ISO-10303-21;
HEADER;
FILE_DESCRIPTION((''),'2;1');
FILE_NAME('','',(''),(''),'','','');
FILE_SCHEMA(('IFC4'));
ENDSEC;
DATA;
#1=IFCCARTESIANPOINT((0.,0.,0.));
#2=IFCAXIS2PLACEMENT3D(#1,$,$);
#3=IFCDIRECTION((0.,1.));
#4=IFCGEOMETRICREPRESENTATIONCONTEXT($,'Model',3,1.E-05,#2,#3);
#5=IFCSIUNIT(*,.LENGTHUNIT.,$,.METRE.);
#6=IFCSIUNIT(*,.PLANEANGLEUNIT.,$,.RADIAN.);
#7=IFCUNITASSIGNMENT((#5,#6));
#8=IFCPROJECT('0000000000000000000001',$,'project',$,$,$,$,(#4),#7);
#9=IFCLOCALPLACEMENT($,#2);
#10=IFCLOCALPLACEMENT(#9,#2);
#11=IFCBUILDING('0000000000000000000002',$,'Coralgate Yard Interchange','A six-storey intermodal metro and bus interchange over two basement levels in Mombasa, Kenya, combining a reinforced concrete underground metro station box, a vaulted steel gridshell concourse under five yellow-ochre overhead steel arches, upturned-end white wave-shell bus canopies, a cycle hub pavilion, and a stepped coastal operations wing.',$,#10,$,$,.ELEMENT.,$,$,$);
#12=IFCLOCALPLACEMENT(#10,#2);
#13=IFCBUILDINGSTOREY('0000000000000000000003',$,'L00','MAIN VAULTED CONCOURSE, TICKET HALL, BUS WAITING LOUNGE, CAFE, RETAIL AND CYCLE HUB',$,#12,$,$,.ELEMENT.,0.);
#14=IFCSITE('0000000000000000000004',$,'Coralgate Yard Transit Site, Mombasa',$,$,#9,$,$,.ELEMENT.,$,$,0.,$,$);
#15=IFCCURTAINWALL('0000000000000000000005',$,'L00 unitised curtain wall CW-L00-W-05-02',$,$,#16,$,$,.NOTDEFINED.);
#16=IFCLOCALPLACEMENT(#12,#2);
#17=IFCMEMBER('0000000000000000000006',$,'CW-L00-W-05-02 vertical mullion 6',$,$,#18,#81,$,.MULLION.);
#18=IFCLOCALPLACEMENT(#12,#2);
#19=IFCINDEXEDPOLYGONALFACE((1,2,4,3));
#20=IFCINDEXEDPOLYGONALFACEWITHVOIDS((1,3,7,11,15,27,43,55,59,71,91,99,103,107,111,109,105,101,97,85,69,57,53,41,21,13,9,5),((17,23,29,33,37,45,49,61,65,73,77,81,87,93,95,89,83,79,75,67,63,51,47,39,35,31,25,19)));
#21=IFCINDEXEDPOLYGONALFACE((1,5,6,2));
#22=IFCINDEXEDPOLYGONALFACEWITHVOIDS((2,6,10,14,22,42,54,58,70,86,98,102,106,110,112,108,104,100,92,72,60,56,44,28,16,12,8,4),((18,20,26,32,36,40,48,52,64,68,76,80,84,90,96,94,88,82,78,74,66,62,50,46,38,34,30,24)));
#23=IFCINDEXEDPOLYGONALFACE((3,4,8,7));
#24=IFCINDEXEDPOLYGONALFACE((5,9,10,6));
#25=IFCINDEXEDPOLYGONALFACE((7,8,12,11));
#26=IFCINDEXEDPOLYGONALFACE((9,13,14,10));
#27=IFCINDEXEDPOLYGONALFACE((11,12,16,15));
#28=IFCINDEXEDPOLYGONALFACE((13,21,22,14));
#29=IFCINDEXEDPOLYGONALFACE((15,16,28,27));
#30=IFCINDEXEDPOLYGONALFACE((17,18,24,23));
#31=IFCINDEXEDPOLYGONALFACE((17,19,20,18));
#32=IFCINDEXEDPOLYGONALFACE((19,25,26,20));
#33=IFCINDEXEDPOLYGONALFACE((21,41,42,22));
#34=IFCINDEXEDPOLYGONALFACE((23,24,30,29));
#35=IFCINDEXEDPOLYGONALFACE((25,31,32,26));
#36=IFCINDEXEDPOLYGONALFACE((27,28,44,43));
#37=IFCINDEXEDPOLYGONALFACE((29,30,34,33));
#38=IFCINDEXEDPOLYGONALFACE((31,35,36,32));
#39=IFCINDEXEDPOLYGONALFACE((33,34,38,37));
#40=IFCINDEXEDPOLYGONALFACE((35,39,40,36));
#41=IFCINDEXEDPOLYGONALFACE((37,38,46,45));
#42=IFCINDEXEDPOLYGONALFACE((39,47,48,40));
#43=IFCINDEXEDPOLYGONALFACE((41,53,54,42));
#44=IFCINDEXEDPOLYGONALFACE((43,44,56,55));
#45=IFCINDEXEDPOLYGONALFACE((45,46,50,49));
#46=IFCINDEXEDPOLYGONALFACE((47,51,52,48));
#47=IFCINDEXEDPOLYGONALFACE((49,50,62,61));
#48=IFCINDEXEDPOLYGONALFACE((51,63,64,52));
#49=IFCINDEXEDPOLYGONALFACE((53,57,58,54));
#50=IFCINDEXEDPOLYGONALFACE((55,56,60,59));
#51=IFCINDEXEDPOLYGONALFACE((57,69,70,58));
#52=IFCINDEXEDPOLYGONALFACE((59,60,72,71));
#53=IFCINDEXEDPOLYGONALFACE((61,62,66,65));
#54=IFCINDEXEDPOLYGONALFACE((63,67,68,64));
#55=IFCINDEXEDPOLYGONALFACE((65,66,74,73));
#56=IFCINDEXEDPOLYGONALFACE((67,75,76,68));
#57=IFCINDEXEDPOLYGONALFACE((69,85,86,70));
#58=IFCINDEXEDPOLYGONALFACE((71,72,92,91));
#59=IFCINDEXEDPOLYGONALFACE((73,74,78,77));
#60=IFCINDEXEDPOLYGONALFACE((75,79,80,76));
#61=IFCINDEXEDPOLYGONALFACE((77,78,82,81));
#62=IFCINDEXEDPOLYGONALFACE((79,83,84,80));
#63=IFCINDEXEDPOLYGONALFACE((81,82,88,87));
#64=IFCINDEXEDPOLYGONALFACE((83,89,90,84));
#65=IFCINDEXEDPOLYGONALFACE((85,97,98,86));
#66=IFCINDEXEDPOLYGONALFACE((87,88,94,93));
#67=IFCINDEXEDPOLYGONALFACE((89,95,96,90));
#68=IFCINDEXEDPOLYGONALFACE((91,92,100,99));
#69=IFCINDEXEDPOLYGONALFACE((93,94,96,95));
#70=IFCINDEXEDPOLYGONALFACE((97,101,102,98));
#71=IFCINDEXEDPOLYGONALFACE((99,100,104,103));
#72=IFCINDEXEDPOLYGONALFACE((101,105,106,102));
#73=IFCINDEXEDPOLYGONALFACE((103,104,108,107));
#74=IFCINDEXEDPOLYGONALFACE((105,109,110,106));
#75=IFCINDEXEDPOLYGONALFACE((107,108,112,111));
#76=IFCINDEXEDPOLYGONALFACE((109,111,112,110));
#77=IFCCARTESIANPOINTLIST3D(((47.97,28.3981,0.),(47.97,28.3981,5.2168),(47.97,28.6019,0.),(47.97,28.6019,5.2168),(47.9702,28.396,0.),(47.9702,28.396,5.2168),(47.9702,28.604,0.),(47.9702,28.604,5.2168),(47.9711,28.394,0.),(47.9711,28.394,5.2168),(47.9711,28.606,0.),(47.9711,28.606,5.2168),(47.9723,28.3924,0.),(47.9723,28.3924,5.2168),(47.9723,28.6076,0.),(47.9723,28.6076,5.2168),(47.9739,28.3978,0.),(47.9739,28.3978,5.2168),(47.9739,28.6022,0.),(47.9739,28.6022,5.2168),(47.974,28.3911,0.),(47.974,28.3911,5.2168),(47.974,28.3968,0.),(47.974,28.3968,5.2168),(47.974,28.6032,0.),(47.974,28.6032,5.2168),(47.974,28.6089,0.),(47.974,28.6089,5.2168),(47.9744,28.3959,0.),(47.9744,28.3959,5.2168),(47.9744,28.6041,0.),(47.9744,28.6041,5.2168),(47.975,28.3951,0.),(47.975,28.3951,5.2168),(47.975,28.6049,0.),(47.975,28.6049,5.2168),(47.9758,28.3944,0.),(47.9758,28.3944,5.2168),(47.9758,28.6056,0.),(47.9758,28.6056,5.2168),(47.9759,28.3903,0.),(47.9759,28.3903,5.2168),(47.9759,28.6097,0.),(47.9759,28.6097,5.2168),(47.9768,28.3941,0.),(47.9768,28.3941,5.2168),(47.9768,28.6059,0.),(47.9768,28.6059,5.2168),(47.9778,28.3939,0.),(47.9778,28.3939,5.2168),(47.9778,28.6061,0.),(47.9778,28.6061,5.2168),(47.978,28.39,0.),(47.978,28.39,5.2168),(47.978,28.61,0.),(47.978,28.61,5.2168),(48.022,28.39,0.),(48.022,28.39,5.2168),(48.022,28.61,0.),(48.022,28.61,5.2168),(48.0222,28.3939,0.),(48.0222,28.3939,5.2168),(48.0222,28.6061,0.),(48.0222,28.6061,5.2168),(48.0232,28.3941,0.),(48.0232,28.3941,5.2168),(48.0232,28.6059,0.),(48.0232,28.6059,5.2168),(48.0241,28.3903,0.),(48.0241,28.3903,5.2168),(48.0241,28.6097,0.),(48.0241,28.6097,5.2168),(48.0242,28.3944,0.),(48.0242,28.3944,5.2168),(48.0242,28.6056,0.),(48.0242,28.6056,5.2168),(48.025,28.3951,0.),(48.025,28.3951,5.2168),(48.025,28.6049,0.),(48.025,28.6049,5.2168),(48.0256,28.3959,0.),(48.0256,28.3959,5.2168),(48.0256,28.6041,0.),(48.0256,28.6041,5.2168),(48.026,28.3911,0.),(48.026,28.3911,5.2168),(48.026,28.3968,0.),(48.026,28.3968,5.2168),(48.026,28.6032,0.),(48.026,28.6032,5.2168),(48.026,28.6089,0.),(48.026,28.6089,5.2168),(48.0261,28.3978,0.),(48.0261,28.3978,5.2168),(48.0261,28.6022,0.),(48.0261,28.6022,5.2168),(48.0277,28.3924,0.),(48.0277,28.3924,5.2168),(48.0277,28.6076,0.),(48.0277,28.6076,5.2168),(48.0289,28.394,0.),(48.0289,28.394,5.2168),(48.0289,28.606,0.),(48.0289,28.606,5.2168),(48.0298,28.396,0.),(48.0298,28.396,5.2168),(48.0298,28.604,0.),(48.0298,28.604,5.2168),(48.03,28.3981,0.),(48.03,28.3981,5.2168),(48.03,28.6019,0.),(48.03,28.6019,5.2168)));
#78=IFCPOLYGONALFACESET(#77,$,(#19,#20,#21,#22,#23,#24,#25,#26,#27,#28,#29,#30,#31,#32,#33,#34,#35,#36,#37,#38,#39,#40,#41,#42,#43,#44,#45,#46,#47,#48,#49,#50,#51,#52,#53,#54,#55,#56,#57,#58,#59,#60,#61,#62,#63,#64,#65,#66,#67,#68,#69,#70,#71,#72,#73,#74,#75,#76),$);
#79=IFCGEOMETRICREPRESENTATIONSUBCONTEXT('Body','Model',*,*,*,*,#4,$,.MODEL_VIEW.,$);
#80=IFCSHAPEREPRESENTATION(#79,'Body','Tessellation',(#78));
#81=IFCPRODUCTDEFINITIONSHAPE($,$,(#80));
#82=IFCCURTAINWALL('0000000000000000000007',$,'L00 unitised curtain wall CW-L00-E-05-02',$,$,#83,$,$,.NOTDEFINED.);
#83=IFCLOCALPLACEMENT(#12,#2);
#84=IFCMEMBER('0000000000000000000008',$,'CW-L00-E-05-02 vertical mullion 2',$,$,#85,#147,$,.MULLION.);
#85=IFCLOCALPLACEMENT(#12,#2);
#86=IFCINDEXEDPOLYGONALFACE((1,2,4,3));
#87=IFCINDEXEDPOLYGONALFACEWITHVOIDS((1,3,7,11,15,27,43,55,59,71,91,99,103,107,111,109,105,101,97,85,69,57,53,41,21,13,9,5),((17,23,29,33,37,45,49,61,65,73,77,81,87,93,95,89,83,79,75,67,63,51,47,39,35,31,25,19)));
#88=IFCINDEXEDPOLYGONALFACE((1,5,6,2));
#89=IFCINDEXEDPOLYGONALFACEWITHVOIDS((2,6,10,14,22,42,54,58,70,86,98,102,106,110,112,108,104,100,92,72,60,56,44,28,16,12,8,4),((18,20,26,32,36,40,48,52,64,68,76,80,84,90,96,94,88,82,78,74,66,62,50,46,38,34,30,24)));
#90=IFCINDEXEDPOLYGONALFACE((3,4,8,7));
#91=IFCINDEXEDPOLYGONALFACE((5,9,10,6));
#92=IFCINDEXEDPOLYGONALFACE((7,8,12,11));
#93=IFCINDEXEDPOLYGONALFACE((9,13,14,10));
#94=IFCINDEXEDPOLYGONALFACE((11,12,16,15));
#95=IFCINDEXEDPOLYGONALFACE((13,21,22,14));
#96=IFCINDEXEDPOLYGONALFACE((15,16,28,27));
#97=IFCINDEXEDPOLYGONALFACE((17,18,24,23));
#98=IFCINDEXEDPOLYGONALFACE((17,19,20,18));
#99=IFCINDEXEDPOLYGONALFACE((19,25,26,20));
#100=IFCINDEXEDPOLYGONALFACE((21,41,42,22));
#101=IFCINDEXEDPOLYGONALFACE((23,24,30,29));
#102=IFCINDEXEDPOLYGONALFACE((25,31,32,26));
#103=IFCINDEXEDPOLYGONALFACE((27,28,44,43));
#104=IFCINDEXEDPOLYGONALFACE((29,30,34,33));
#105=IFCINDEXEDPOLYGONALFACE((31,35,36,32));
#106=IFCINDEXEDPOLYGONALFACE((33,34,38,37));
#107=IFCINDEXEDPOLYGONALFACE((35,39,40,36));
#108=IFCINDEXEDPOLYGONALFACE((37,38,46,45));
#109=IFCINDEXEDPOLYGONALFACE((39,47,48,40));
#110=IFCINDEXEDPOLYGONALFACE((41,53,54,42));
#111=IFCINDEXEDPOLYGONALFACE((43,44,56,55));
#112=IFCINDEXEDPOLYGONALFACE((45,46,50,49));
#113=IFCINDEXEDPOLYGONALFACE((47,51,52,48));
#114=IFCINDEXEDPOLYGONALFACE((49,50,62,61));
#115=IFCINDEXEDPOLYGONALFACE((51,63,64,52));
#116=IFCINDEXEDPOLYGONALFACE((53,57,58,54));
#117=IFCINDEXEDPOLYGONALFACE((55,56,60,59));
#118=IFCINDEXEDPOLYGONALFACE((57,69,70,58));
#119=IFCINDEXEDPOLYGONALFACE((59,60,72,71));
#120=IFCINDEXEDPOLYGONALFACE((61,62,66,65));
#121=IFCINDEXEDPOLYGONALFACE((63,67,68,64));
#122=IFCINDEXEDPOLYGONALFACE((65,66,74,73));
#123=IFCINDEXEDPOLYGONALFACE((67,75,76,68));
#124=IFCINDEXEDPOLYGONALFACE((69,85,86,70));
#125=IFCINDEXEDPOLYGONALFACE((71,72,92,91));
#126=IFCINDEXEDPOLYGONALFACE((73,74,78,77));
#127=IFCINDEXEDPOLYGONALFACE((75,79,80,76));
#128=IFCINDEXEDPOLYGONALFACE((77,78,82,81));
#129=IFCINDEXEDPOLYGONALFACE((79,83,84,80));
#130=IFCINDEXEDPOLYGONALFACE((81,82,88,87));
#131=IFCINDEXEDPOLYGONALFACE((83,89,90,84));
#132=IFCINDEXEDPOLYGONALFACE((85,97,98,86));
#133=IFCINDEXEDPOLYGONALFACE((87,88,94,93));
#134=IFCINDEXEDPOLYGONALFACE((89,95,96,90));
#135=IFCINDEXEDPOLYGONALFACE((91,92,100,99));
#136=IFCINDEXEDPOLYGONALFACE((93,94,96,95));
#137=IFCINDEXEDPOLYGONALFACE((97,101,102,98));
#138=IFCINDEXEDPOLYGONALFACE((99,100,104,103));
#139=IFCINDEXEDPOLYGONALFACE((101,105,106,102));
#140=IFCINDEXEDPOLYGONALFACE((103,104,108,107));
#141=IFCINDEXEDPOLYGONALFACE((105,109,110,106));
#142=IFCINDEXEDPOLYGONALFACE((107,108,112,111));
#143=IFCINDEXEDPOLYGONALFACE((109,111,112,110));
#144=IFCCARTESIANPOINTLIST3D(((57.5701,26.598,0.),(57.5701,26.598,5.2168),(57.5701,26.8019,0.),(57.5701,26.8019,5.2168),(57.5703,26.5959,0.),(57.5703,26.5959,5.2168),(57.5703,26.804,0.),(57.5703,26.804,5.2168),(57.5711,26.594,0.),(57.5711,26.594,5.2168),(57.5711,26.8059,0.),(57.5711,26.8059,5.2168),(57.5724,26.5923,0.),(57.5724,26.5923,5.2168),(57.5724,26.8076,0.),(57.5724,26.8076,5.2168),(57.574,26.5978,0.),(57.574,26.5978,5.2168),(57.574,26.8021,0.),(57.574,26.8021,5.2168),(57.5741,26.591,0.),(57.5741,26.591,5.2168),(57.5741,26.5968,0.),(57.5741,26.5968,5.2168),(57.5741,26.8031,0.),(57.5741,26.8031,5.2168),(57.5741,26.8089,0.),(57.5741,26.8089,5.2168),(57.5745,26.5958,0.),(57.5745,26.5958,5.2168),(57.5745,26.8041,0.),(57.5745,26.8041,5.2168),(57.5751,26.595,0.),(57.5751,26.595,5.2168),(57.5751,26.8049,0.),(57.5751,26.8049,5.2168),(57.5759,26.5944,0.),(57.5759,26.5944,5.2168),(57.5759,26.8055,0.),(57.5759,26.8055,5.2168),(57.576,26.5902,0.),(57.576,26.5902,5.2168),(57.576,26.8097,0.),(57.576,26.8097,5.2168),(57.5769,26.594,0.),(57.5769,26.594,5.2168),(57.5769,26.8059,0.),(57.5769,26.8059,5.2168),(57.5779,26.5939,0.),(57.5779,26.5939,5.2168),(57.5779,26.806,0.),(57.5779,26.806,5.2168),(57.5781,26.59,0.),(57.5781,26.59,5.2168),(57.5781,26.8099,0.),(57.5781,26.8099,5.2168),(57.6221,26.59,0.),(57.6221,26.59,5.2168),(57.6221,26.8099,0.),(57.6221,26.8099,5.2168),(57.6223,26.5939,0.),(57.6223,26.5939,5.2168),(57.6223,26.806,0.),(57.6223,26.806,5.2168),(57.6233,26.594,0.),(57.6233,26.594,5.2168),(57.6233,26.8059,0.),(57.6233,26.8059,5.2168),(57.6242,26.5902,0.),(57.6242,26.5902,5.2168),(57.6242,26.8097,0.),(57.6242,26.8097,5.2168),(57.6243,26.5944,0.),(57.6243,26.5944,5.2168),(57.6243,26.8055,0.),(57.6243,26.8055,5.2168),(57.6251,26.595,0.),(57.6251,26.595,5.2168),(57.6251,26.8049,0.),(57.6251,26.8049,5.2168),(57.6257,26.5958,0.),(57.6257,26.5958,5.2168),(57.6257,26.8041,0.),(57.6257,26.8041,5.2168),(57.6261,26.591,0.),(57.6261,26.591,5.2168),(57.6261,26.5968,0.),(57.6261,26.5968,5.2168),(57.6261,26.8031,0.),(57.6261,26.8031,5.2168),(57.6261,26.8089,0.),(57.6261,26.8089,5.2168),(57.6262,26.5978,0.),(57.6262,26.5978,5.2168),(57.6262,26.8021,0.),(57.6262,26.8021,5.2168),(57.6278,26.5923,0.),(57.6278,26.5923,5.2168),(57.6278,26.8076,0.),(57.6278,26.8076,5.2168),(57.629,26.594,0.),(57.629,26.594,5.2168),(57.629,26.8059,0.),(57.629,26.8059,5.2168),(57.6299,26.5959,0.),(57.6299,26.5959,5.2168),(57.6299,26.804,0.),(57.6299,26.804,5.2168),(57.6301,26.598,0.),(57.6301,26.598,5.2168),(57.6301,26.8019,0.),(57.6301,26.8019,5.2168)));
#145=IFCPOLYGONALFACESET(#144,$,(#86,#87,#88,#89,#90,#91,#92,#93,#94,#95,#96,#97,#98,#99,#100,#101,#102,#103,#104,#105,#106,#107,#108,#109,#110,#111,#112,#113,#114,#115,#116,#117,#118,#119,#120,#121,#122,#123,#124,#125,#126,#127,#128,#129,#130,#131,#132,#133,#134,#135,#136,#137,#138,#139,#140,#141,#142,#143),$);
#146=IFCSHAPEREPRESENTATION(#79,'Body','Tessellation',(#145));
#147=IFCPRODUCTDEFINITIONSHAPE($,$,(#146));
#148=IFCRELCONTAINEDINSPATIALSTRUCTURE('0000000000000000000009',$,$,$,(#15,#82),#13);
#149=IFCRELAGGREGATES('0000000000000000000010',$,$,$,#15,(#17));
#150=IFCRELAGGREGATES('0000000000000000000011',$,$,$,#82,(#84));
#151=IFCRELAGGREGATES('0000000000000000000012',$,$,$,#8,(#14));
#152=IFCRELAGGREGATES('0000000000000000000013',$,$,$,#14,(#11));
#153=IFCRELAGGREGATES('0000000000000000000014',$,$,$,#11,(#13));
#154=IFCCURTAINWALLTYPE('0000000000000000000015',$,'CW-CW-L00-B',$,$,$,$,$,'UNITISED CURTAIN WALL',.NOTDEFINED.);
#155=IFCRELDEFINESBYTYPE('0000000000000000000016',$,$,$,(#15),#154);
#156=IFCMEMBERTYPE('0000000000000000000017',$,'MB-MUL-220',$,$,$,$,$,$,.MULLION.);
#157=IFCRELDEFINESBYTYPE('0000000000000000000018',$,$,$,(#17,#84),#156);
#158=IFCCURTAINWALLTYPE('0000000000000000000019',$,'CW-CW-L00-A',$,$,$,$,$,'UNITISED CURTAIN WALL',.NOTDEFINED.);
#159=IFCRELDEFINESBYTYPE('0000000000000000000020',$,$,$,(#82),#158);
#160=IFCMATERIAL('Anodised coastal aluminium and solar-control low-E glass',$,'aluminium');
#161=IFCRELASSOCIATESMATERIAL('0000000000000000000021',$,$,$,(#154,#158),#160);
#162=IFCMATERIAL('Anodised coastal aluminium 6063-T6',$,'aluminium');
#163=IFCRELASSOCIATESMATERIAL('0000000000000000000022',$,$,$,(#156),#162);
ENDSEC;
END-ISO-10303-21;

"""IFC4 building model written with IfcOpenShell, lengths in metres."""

from ifc_helpers import new_model, si_unit, direction, frame, origin, origin_2d, place, context, subcontext, project, spatial, hollow_rectangle, extrude, material, material_profile, profile_set, type_object, element, aggregate, save


model = new_model("IFC4")

# Units and contexts
model_context = context("Model", 3, precision=1e-05, world=origin(), true_north=direction((0.0, 1.0)))
body_context = subcontext(model_context, "Body", "Model", "MODEL_VIEW")
ifc_project = project(units=[si_unit("LENGTHUNIT", "METRE"), si_unit("PLANEANGLEUNIT", "RADIAN")], contexts=[model_context])

# Site, building, storey
site_placement = place(None, origin())
site = spatial("IfcSite", under=ifc_project, at=site_placement, Name="Coralgate Yard Transit Site, Mombasa", CompositionType="ELEMENT", RefElevation=0.0)
building_placement = place(site_placement, origin())
building = spatial("IfcBuilding", under=site, at=building_placement, Name="Coralgate Yard Interchange", Description="A six-storey intermodal metro and bus interchange over two basement levels in Mombasa, Kenya, combining a reinforced concrete underground metro station box, a vaulted steel gridshell concourse under five yellow-ochre overhead steel arches, upturned-end white wave-shell bus canopies, a cycle hub pavilion, and a stepped coastal operations wing.", CompositionType="ELEMENT")
storey_placement = place(building_placement, origin())
storey = spatial("IfcBuildingStorey", under=building, at=storey_placement, Name="L00", Description="MAIN VAULTED CONCOURSE, TICKET HALL, BUS WAITING LOUNGE, CAFE, RETAIL AND CYCLE HUB", CompositionType="ELEMENT", Elevation=0.0)

# Curtain wall, member
ifc_material_1 = material(Name="Anodised coastal aluminium and solar-control low-E glass", Category="aluminium")
curtain_wall_type_1 = type_object("IfcCurtainWallType", Name="CW-CW-L00-B", ElementType="UNITISED CURTAIN WALL", PredefinedType="NOTDEFINED", material=ifc_material_1)
curtain_wall_1_placement = place(storey_placement, origin())
curtain_wall_1 = element("IfcCurtainWall", 1, at=curtain_wall_1_placement, inside=storey, type_object=curtain_wall_type_1, Name="L00 unitised curtain wall CW-L00-W-05-02", PredefinedType="NOTDEFINED")
ifc_material_2 = material(Name="Anodised coastal aluminium 6063-T6", Category="aluminium")
ifc_material_profile_1 = material_profile(ifc_material_2, hollow_rectangle(XDim=0.0601, YDim=0.22, WallThickness=0.0039, InnerFilletRadius=0.0039, OuterFilletRadius=0.0081, at=origin_2d()), Name="ALU 60x220x4")
ifc_profile_set_1 = profile_set([ifc_material_profile_1], Name="Anodised coastal aluminium 6063-T6")
member_type_1 = type_object("IfcMemberType", Name="MB-MUL-220", PredefinedType="MULLION", material=ifc_profile_set_1)
member_1_placement = place(storey_placement, frame((48.0, 28.5, 0.0), z_axis=(0.0, 0.0, 1.0), x_axis=(1.0, 0.0, 0.0)))
member_1 = element("IfcMember", 2, at=member_1_placement, type_object=member_type_1, Name="CW-L00-W-05-02 vertical mullion 6", PredefinedType="MULLION", context=body_context, shape_type="SweptSolid", body=[
    extrude(hollow_rectangle(XDim=0.0601, YDim=0.22, WallThickness=0.0039, InnerFilletRadius=0.0039, OuterFilletRadius=0.0081, at=origin_2d()), origin(), (0.0, 0.0, 1.0), 5.2168),
])

# Curtain wall, member
curtain_wall_type_2 = type_object("IfcCurtainWallType", Name="CW-CW-L00-A", ElementType="UNITISED CURTAIN WALL", PredefinedType="NOTDEFINED", material=ifc_material_1)
curtain_wall_2_placement = place(storey_placement, origin())
curtain_wall_2 = element("IfcCurtainWall", 3, at=curtain_wall_2_placement, inside=storey, type_object=curtain_wall_type_2, Name="L00 unitised curtain wall CW-L00-E-05-02", PredefinedType="NOTDEFINED")
member_2_placement = place(storey_placement, frame((57.6001, 26.7, 0.0), z_axis=(0.0, 0.0, 1.0), x_axis=(1.0, 0.0, 0.0)))
member_2 = element("IfcMember", 4, at=member_2_placement, type_object=member_type_1, Name="CW-L00-E-05-02 vertical mullion 2", PredefinedType="MULLION", context=body_context, shape_type="SweptSolid", body=[
    extrude(hollow_rectangle(XDim=0.0601, YDim=0.22, WallThickness=0.0039, InnerFilletRadius=0.0039, OuterFilletRadius=0.0081, at=origin_2d()), origin(), (0.0, 0.0, 1.0), 5.2168),
])

aggregate(curtain_wall_1, [member_1])
aggregate(curtain_wall_2, [member_2])

save(model, "model.ifc")
